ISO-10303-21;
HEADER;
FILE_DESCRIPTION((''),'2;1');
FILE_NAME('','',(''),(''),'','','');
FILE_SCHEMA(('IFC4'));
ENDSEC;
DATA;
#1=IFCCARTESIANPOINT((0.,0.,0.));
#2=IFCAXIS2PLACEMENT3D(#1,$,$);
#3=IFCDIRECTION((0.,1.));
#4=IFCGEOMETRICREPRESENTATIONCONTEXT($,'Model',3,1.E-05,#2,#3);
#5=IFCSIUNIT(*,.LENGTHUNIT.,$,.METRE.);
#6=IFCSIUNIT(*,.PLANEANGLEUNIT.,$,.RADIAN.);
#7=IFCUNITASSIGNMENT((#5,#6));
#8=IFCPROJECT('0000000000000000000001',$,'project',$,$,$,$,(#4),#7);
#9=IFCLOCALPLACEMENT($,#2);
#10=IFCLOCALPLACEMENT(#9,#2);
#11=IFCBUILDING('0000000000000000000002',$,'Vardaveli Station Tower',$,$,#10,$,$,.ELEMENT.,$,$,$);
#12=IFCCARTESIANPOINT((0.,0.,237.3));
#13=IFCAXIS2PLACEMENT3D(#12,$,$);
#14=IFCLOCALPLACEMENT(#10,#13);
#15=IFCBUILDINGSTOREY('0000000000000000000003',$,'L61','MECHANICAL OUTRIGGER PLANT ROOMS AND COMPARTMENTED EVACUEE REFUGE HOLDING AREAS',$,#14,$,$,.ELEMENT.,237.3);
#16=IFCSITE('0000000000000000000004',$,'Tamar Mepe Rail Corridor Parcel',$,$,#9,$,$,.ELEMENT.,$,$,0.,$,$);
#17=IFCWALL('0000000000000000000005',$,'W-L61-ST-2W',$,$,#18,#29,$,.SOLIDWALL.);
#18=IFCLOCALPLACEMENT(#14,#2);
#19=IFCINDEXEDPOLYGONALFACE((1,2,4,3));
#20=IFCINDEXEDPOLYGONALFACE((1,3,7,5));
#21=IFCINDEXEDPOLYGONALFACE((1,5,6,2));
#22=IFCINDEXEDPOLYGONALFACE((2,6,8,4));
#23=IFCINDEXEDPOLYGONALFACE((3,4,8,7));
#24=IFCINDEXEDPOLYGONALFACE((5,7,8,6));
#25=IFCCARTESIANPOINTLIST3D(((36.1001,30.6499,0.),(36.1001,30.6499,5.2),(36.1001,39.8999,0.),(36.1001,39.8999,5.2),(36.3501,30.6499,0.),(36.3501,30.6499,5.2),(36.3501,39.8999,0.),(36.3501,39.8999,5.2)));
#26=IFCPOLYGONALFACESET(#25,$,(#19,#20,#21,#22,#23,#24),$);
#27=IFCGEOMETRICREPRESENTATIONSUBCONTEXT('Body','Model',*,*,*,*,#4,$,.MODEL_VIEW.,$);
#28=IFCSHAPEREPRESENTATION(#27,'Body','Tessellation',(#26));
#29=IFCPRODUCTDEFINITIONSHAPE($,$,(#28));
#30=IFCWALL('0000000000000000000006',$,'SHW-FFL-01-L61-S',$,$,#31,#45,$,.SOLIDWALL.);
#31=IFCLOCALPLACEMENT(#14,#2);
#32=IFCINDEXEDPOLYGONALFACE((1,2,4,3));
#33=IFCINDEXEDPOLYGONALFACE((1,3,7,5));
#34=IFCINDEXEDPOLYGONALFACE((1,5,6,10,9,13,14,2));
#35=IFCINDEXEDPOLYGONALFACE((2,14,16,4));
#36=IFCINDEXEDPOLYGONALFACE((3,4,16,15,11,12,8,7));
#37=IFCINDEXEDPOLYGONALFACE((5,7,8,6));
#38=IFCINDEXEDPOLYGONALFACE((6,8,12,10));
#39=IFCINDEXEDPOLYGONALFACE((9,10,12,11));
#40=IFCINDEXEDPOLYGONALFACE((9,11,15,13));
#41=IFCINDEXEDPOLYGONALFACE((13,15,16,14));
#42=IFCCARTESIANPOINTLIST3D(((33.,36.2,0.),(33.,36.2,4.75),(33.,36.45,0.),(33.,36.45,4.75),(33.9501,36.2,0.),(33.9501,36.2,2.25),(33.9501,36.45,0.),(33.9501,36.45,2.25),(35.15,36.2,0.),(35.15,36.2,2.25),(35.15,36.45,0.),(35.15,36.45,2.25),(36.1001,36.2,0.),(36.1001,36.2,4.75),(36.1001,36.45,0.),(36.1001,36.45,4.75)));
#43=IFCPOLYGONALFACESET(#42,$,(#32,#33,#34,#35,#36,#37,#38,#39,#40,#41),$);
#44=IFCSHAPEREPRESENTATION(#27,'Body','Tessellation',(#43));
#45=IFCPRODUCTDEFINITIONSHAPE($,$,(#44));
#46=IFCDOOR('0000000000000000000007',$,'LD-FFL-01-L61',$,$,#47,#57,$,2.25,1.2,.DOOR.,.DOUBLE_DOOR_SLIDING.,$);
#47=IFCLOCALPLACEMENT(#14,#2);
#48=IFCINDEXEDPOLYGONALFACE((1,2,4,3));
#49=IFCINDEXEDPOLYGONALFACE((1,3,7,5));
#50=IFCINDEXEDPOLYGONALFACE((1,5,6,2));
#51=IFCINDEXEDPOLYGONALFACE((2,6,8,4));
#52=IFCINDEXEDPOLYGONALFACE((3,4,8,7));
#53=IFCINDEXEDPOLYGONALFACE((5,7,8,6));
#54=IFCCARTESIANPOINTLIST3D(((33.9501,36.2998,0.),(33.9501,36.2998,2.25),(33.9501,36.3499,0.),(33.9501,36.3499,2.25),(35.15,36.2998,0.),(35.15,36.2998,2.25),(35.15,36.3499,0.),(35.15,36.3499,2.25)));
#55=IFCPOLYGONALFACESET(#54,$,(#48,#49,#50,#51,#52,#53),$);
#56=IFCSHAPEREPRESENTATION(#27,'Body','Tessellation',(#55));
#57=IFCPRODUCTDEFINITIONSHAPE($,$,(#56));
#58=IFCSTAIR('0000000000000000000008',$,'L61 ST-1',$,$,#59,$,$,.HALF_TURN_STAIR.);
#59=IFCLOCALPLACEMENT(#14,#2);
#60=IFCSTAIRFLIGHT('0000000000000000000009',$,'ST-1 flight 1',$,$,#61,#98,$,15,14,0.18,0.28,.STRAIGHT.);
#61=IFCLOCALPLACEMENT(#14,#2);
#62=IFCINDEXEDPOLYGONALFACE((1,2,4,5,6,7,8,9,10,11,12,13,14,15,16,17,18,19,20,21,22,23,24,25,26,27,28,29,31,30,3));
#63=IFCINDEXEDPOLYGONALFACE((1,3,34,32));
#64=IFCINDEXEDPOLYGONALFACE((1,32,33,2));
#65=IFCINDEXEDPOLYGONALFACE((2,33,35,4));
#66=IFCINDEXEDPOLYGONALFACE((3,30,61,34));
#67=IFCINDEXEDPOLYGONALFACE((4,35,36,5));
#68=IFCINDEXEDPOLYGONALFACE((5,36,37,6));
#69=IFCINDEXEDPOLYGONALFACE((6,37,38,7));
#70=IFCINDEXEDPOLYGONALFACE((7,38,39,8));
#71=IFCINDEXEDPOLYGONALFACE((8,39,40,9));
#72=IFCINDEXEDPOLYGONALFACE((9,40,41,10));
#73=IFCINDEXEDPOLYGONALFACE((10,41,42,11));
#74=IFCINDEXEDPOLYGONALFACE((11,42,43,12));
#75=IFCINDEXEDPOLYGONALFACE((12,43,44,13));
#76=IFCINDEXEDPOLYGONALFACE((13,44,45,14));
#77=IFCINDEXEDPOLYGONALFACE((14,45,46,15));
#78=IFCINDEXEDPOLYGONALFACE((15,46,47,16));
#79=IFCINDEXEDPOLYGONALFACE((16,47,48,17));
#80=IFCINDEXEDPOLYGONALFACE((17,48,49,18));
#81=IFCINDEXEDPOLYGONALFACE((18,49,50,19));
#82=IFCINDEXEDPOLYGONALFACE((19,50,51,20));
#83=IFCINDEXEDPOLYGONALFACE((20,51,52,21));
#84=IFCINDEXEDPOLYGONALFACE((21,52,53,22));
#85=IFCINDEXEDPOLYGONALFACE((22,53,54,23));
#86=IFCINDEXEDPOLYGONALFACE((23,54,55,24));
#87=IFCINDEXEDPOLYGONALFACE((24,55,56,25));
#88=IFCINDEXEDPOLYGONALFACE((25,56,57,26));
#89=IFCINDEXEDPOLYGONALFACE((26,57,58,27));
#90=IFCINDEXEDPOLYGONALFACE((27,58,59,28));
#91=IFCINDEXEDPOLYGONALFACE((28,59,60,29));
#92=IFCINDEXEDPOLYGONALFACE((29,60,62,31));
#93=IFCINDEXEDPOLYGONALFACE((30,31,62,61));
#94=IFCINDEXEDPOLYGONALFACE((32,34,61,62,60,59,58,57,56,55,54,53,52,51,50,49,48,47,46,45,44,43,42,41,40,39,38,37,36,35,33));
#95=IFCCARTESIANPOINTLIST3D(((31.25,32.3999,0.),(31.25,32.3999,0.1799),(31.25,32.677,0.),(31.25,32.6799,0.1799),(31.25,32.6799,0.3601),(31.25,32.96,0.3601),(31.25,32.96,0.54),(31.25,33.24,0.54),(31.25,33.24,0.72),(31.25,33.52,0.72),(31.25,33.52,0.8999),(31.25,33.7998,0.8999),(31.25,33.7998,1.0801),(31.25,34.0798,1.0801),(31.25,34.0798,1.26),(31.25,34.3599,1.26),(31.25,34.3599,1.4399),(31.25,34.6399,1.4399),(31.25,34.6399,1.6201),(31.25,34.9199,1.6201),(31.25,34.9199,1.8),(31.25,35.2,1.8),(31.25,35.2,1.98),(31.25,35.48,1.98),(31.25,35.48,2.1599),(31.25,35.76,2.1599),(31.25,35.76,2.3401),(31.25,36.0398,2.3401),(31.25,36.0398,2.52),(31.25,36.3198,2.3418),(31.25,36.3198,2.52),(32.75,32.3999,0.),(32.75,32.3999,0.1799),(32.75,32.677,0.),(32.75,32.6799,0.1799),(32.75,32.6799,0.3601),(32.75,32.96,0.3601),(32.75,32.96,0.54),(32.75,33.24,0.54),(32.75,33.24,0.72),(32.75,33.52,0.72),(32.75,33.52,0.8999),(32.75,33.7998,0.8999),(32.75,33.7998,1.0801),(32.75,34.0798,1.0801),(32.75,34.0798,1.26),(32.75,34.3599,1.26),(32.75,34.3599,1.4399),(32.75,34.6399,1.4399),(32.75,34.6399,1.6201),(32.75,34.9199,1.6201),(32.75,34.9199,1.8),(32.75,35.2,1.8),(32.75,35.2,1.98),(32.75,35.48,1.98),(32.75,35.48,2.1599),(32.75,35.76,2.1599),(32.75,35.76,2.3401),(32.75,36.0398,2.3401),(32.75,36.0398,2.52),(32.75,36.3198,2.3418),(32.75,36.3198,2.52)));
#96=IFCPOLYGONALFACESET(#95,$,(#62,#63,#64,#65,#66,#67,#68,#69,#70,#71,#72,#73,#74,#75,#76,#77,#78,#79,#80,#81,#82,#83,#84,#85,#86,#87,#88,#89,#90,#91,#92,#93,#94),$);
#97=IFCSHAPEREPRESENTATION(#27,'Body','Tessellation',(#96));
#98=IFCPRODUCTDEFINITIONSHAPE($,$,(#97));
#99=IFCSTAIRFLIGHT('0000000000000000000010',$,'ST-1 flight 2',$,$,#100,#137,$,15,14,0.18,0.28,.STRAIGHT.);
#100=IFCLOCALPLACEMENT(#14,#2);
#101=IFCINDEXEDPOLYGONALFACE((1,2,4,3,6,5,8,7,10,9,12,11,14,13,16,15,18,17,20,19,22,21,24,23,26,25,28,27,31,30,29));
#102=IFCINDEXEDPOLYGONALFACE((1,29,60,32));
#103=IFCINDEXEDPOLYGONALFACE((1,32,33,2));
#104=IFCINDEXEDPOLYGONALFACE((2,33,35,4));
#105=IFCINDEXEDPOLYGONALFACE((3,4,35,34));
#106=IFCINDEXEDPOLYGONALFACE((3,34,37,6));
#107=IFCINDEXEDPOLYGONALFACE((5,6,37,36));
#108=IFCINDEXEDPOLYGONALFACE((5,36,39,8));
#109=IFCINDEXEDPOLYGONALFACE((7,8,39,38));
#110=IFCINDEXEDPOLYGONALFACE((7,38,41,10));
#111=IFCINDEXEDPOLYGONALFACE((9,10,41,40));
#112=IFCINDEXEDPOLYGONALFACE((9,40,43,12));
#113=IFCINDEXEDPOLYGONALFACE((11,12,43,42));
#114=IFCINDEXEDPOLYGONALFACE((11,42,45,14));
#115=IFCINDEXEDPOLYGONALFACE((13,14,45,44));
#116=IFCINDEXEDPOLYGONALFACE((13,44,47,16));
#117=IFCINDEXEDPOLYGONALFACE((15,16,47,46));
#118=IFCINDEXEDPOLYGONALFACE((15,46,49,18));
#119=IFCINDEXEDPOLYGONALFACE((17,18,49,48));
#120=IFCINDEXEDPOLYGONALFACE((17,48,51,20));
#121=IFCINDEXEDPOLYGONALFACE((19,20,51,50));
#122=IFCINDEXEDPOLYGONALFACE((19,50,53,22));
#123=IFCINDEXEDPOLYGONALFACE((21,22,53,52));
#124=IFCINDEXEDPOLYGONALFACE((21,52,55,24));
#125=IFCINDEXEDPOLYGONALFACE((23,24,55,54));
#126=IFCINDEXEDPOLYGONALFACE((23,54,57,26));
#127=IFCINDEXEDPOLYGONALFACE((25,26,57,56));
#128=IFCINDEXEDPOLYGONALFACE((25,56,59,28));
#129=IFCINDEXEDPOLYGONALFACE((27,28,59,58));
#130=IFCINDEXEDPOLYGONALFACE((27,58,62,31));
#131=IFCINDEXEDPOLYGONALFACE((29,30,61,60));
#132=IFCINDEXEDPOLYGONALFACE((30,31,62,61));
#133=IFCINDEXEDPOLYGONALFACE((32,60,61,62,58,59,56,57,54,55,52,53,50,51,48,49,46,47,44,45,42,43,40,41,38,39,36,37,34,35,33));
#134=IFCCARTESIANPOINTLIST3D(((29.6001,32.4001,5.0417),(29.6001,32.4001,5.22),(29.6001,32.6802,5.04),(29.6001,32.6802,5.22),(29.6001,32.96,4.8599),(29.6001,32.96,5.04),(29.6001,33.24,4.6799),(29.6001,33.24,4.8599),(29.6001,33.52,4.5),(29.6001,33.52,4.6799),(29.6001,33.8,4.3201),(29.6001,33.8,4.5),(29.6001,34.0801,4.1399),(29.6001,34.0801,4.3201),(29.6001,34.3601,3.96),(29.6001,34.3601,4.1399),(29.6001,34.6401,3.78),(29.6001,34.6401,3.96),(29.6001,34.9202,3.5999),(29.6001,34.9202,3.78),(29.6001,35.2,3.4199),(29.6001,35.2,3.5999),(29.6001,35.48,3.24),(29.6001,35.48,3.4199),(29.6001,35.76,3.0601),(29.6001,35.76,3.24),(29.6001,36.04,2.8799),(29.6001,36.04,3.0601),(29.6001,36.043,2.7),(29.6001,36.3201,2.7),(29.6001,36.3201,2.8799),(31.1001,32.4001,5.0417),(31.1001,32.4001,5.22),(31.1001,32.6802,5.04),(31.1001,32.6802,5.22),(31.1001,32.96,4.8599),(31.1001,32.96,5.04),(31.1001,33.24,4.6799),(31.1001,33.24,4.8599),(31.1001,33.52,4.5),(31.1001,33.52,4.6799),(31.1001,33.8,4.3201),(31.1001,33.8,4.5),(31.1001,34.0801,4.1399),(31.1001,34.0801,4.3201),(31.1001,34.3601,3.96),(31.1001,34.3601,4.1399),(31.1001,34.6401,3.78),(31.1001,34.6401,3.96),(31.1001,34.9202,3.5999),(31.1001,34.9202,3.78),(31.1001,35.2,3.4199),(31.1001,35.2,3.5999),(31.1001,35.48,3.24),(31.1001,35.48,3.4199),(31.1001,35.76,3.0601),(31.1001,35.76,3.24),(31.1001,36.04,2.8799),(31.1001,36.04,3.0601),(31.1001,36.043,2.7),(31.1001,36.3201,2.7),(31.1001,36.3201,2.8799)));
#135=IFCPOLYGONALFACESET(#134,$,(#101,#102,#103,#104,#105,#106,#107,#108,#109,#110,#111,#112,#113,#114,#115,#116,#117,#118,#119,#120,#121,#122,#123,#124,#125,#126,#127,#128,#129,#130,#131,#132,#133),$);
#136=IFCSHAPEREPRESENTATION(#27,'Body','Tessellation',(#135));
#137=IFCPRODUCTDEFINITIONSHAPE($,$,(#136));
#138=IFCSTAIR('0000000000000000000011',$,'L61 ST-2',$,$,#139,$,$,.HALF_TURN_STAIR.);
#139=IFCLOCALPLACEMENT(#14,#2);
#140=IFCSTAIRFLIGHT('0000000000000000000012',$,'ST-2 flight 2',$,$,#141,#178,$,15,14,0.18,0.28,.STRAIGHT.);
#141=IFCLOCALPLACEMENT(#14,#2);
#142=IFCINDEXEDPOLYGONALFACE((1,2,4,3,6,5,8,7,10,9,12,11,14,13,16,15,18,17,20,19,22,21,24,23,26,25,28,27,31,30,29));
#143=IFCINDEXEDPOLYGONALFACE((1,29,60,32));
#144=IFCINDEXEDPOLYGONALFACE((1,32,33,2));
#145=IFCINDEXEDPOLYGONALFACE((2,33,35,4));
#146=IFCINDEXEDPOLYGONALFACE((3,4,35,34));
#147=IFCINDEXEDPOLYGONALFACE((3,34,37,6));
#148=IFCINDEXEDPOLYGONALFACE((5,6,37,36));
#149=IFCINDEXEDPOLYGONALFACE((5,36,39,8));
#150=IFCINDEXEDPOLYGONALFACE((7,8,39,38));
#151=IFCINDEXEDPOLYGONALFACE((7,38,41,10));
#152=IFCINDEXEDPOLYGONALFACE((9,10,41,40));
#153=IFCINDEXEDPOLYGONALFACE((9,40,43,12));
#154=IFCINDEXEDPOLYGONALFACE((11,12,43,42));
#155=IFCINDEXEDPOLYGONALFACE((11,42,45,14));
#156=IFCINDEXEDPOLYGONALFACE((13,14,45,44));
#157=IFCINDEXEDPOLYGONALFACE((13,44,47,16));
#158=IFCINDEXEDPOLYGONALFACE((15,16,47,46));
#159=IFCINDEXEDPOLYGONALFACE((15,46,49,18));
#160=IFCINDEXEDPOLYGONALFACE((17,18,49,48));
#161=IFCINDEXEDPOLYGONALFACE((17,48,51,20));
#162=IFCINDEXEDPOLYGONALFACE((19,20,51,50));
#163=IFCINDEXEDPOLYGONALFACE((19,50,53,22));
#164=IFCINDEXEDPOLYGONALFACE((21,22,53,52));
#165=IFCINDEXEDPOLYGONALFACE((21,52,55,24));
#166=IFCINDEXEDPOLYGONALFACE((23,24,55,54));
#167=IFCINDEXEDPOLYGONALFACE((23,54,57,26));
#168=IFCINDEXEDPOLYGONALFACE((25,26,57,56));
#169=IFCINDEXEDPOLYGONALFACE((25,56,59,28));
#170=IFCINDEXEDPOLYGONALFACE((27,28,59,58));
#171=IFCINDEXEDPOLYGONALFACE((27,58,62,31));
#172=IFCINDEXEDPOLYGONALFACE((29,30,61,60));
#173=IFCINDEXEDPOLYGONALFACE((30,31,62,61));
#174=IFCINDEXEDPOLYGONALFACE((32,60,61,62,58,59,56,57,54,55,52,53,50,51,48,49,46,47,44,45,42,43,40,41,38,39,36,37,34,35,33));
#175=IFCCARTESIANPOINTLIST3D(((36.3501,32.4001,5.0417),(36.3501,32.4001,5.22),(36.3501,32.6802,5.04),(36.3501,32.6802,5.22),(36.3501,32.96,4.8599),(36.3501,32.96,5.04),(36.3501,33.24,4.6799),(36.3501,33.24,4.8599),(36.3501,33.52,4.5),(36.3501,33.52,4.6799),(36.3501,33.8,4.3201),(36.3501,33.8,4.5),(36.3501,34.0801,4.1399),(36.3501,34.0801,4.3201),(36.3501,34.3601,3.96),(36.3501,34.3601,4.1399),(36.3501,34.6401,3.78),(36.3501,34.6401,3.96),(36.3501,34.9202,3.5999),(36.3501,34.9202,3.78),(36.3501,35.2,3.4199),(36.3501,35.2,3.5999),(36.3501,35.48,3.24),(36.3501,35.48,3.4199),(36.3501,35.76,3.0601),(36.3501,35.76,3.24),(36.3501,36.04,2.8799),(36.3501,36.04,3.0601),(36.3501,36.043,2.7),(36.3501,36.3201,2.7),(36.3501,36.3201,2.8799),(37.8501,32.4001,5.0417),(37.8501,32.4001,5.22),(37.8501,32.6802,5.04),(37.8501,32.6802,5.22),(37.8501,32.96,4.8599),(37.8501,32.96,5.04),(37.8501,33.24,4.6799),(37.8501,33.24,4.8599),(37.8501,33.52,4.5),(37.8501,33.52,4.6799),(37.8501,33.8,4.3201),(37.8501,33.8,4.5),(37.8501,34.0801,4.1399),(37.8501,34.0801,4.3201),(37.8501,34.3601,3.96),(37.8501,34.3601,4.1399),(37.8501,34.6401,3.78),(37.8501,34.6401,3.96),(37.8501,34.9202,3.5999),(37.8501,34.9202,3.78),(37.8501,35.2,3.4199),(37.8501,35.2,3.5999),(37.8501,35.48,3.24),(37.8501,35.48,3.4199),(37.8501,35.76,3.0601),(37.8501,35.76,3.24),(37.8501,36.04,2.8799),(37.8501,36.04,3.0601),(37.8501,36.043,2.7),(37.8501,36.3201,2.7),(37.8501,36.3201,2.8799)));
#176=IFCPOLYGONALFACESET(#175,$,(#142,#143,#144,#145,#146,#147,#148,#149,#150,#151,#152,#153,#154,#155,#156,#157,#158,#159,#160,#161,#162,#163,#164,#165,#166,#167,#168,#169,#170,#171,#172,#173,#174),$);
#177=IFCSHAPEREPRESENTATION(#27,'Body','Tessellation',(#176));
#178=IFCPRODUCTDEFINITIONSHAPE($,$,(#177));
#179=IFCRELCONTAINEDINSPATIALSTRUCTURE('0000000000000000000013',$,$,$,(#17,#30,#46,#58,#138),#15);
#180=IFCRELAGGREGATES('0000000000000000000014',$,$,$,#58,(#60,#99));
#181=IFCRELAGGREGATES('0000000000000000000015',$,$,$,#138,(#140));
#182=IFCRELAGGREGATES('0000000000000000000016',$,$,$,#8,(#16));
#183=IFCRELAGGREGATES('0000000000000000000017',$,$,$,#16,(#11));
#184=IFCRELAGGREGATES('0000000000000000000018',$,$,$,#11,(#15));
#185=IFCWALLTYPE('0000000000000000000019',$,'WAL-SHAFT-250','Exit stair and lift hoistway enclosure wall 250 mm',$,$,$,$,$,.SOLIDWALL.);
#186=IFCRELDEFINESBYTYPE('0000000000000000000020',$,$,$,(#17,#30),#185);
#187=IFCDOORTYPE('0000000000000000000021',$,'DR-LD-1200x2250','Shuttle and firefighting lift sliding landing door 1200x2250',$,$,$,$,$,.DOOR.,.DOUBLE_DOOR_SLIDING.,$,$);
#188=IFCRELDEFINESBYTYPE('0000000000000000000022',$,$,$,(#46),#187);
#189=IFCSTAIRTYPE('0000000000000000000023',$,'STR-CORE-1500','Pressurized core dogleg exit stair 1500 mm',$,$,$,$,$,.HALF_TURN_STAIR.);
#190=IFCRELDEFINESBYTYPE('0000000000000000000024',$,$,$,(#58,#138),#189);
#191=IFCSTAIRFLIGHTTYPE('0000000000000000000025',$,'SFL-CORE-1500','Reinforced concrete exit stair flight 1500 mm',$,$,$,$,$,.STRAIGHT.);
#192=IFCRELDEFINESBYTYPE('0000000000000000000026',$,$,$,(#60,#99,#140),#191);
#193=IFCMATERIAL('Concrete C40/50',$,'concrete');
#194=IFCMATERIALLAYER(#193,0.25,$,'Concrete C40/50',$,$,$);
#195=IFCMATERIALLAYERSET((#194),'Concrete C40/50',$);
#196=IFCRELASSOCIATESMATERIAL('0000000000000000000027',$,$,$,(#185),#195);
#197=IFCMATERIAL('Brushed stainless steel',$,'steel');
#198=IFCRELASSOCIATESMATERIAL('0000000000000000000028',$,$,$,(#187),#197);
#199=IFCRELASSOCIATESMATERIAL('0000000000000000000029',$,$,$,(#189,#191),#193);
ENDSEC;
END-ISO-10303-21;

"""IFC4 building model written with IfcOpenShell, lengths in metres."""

from ifc_helpers import new_model, si_unit, direction, frame, frame_2d, origin, place, context, subcontext, project, spatial, polyline, rectangle, outline, extrude, source, transform, mapped, material, layer, layer_set, type_object, element, fill, aggregate, save


model = new_model("IFC4")

# Units and contexts
model_context = context("Model", 3, precision=1e-05, world=origin(), true_north=direction((0.0, 1.0)))
body_context = subcontext(model_context, "Body", "Model", "MODEL_VIEW")
ifc_project = project(units=[si_unit("LENGTHUNIT", "METRE"), si_unit("PLANEANGLEUNIT", "RADIAN")], contexts=[model_context])

# Site, building, storey
site_placement = place(None, origin())
site = spatial("IfcSite", under=ifc_project, at=site_placement, Name="Tamar Mepe Rail Corridor Parcel", CompositionType="ELEMENT", RefElevation=0.0)
building_placement = place(site_placement, origin())
building = spatial("IfcBuilding", under=site, at=building_placement, Name="Vardaveli Station Tower", CompositionType="ELEMENT")
storey_placement = place(building_placement, frame((0.0, 0.0, 237.3)))
storey = spatial("IfcBuildingStorey", under=building, at=storey_placement, Name="L61", Description="MECHANICAL OUTRIGGER PLANT ROOMS AND COMPARTMENTED EVACUEE REFUGE HOLDING AREAS", CompositionType="ELEMENT", Elevation=237.3)

# Shared definitions
ifc_material_1 = material(Name="Concrete C40/50", Category="concrete")
ifc_layer_1 = layer(ifc_material_1, 0.25, Name="Concrete C40/50")
ifc_layer_set_1 = layer_set([ifc_layer_1], Name="Concrete C40/50")
wall_type_1 = type_object("IfcWallType", Name="WAL-SHAFT-250", Description="Exit stair and lift hoistway enclosure wall 250 mm", PredefinedType="SOLIDWALL", material=ifc_layer_set_1)

# Wall
shared_shape_1 = source(origin(), body_context, "Body", "SweptSolid", [
    extrude(rectangle(XDim=9.25, YDim=0.25, at=frame_2d((4.625, 0.0))), origin(), (0.0, 0.0, 1.0), 5.2),
])
for number, where, z_axis, x_axis, name in (
    (1, (36.2251, 30.6499, 0.0), (0.0, 0.0, 1.0), (0.0, 1.0, 0.0), "W-L61-ST-2W"),
):
    element("IfcWall", number, at=place(storey_placement, frame(where, z_axis=z_axis, x_axis=x_axis)), inside=storey, type_object=wall_type_1, Name=name, PredefinedType="SOLIDWALL", context=body_context, shape_type="MappedRepresentation", body=[
        mapped(shared_shape_1, transform((0.0, 0.0, 0.0), scale=1.0)),
    ])

# Wall, opening, door
shared_shape_2 = source(origin(), body_context, "Body", "SweptSolid", [
    extrude(rectangle(XDim=3.1001, YDim=0.25, at=frame_2d((1.55, 0.0))), origin(), (0.0, 0.0, 1.0), 4.75),
])
wall_1_placement = place(storey_placement, frame((33.0, 36.325, 0.0), z_axis=(0.0, 0.0, 1.0), x_axis=(1.0, 0.0, 0.0)))
wall_1 = element("IfcWall", 2, at=wall_1_placement, inside=storey, type_object=wall_type_1, Name="SHW-FFL-01-L61-S", PredefinedType="SOLIDWALL", context=body_context, shape_type="MappedRepresentation", body=[
    mapped(shared_shape_2, transform((0.0, 0.0, 0.0), scale=1.0)),
])
shared_shape_3 = source(origin(), body_context, "Body", "SweptSolid", [
    extrude(rectangle(XDim=1.2, YDim=2.25, at=frame_2d((0.6001, 1.125))), frame((0.0, 0.135, 0.0), z_axis=(0.0, -1.0, 0.0), x_axis=(1.0, 0.0, 0.0)), (0.0, 0.0, 1.0), 0.27),
])
opening_1_placement = place(wall_1_placement, frame((0.95, 0.0, 0.0)))
opening_1 = element("IfcOpeningElement", 3, at=opening_1_placement, cuts=wall_1, PredefinedType="OPENING", context=body_context, shape_type="MappedRepresentation", body=[
    mapped(shared_shape_3, transform((0.0, 0.0, 0.0), scale=1.0)),
])
ifc_material_2 = material(Name="Brushed stainless steel", Category="steel")
door_type_1 = type_object("IfcDoorType", Name="DR-LD-1200x2250", Description="Shuttle and firefighting lift sliding landing door 1200x2250", OperationType="DOUBLE_DOOR_SLIDING", PredefinedType="DOOR", material=ifc_material_2)
shared_shape_4 = source(origin(), body_context, "Body", "SweptSolid", [
    extrude(rectangle(XDim=1.2, YDim=2.25, at=frame_2d((0.6001, 1.125))), frame((0.0, 0.0249, 0.0), z_axis=(0.0, -1.0, 0.0), x_axis=(1.0, 0.0, 0.0)), (0.0, 0.0, 1.0), 0.05),
])
door_1_placement = place(opening_1_placement, origin())
door_1 = element("IfcDoor", 4, at=door_1_placement, inside=storey, type_object=door_type_1, Name="LD-FFL-01-L61", OperationType="DOUBLE_DOOR_SLIDING", OverallHeight=2.25, OverallWidth=1.2, PredefinedType="DOOR", context=body_context, shape_type="MappedRepresentation", body=[
    mapped(shared_shape_4, transform((0.0, 0.0, 0.0), scale=1.0)),
])
fill(opening_1, door_1)

# Stair, stair flights
stair_type = type_object("IfcStairType", Name="STR-CORE-1500", Description="Pressurized core dogleg exit stair 1500 mm", PredefinedType="HALF_TURN_STAIR", material=ifc_material_1)
stair_1_placement = place(storey_placement, origin())
stair_1 = element("IfcStair", 5, at=stair_1_placement, inside=storey, type_object=stair_type, Name="L61 ST-1", PredefinedType="HALF_TURN_STAIR")
stair_flight_type = type_object("IfcStairFlightType", Name="SFL-CORE-1500", Description="Reinforced concrete exit stair flight 1500 mm", PredefinedType="STRAIGHT", material=ifc_material_1)
shared_shape_5 = source(origin(), body_context, "Body", "SweptSolid", [
    extrude(outline(polyline([(0.0, 0.0), (0.0, 0.1799), (0.28, 0.1799), (0.28, 0.3601), (0.5601, 0.3601), (0.5601, 0.54), (0.8401, 0.54), (0.8401, 0.72), (1.1201, 0.72), (1.1201, 0.8999), (1.3999, 0.8999), (1.3999, 1.0801), (1.6799, 1.0801), (1.6799, 1.26), (1.96, 1.26), (1.96, 1.4399), (2.24, 1.4399), (2.24, 1.6201), (2.52, 1.6201), (2.52, 1.8), (2.8, 1.8), (2.8, 1.98), (3.0801, 1.98), (3.0801, 2.1599), (3.3601, 2.1599), (3.3601, 2.3401), (3.6399, 2.3401), (3.6399, 2.52), (3.9199, 2.52), (3.9199, 2.7), (3.9199, 2.3418), (0.2771, 0.0), (0.0, 0.0)])), frame((0.0, 0.75, 0.0), z_axis=(0.0, -1.0, 0.0), x_axis=(1.0, 0.0, 0.0)), (0.0, 0.0, 1.0), 1.5),
])
stair_flight_1_placement = place(storey_placement, frame((32.0, 32.3999, 0.0), z_axis=(0.0, 0.0, 1.0), x_axis=(0.0, 1.0, 0.0)))
stair_flight_1 = element("IfcStairFlight", 6, at=stair_flight_1_placement, type_object=stair_flight_type, Name="ST-1 flight 1", NumberOfRisers=15, NumberOfTreads=14, PredefinedType="STRAIGHT", RiserHeight=0.18, TreadLength=0.28, context=body_context, shape_type="MappedRepresentation", body=[
    mapped(shared_shape_5, transform((0.0, 0.0, 0.0), scale=1.0)),
])
stair_flight_2_placement = place(storey_placement, frame((30.3501, 36.3201, 2.7), z_axis=(0.0, 0.0, 1.0), x_axis=(0.0, -1.0, 0.0)))
stair_flight_2 = element("IfcStairFlight", 7, at=stair_flight_2_placement, type_object=stair_flight_type, Name="ST-1 flight 2", NumberOfRisers=15, NumberOfTreads=14, PredefinedType="STRAIGHT", RiserHeight=0.18, TreadLength=0.28, context=body_context, shape_type="MappedRepresentation", body=[
    mapped(shared_shape_5, transform((0.0, 0.0, 0.0), scale=1.0)),
])
aggregate(stair_1, [stair_flight_1, stair_flight_2])

# Stair, stair flight
stair_2_placement = place(storey_placement, origin())
stair_2 = element("IfcStair", 8, at=stair_2_placement, inside=storey, type_object=stair_type, Name="L61 ST-2", PredefinedType="HALF_TURN_STAIR")
stair_flight_3_placement = place(storey_placement, frame((37.1001, 36.3201, 2.7), z_axis=(0.0, 0.0, 1.0), x_axis=(0.0, -1.0, 0.0)))
stair_flight_3 = element("IfcStairFlight", 9, at=stair_flight_3_placement, type_object=stair_flight_type, Name="ST-2 flight 2", NumberOfRisers=15, NumberOfTreads=14, PredefinedType="STRAIGHT", RiserHeight=0.18, TreadLength=0.28, context=body_context, shape_type="MappedRepresentation", body=[
    mapped(shared_shape_5, transform((0.0, 0.0, 0.0), scale=1.0)),
])
aggregate(stair_2, [stair_flight_3])

save(model, "model.ifc")
